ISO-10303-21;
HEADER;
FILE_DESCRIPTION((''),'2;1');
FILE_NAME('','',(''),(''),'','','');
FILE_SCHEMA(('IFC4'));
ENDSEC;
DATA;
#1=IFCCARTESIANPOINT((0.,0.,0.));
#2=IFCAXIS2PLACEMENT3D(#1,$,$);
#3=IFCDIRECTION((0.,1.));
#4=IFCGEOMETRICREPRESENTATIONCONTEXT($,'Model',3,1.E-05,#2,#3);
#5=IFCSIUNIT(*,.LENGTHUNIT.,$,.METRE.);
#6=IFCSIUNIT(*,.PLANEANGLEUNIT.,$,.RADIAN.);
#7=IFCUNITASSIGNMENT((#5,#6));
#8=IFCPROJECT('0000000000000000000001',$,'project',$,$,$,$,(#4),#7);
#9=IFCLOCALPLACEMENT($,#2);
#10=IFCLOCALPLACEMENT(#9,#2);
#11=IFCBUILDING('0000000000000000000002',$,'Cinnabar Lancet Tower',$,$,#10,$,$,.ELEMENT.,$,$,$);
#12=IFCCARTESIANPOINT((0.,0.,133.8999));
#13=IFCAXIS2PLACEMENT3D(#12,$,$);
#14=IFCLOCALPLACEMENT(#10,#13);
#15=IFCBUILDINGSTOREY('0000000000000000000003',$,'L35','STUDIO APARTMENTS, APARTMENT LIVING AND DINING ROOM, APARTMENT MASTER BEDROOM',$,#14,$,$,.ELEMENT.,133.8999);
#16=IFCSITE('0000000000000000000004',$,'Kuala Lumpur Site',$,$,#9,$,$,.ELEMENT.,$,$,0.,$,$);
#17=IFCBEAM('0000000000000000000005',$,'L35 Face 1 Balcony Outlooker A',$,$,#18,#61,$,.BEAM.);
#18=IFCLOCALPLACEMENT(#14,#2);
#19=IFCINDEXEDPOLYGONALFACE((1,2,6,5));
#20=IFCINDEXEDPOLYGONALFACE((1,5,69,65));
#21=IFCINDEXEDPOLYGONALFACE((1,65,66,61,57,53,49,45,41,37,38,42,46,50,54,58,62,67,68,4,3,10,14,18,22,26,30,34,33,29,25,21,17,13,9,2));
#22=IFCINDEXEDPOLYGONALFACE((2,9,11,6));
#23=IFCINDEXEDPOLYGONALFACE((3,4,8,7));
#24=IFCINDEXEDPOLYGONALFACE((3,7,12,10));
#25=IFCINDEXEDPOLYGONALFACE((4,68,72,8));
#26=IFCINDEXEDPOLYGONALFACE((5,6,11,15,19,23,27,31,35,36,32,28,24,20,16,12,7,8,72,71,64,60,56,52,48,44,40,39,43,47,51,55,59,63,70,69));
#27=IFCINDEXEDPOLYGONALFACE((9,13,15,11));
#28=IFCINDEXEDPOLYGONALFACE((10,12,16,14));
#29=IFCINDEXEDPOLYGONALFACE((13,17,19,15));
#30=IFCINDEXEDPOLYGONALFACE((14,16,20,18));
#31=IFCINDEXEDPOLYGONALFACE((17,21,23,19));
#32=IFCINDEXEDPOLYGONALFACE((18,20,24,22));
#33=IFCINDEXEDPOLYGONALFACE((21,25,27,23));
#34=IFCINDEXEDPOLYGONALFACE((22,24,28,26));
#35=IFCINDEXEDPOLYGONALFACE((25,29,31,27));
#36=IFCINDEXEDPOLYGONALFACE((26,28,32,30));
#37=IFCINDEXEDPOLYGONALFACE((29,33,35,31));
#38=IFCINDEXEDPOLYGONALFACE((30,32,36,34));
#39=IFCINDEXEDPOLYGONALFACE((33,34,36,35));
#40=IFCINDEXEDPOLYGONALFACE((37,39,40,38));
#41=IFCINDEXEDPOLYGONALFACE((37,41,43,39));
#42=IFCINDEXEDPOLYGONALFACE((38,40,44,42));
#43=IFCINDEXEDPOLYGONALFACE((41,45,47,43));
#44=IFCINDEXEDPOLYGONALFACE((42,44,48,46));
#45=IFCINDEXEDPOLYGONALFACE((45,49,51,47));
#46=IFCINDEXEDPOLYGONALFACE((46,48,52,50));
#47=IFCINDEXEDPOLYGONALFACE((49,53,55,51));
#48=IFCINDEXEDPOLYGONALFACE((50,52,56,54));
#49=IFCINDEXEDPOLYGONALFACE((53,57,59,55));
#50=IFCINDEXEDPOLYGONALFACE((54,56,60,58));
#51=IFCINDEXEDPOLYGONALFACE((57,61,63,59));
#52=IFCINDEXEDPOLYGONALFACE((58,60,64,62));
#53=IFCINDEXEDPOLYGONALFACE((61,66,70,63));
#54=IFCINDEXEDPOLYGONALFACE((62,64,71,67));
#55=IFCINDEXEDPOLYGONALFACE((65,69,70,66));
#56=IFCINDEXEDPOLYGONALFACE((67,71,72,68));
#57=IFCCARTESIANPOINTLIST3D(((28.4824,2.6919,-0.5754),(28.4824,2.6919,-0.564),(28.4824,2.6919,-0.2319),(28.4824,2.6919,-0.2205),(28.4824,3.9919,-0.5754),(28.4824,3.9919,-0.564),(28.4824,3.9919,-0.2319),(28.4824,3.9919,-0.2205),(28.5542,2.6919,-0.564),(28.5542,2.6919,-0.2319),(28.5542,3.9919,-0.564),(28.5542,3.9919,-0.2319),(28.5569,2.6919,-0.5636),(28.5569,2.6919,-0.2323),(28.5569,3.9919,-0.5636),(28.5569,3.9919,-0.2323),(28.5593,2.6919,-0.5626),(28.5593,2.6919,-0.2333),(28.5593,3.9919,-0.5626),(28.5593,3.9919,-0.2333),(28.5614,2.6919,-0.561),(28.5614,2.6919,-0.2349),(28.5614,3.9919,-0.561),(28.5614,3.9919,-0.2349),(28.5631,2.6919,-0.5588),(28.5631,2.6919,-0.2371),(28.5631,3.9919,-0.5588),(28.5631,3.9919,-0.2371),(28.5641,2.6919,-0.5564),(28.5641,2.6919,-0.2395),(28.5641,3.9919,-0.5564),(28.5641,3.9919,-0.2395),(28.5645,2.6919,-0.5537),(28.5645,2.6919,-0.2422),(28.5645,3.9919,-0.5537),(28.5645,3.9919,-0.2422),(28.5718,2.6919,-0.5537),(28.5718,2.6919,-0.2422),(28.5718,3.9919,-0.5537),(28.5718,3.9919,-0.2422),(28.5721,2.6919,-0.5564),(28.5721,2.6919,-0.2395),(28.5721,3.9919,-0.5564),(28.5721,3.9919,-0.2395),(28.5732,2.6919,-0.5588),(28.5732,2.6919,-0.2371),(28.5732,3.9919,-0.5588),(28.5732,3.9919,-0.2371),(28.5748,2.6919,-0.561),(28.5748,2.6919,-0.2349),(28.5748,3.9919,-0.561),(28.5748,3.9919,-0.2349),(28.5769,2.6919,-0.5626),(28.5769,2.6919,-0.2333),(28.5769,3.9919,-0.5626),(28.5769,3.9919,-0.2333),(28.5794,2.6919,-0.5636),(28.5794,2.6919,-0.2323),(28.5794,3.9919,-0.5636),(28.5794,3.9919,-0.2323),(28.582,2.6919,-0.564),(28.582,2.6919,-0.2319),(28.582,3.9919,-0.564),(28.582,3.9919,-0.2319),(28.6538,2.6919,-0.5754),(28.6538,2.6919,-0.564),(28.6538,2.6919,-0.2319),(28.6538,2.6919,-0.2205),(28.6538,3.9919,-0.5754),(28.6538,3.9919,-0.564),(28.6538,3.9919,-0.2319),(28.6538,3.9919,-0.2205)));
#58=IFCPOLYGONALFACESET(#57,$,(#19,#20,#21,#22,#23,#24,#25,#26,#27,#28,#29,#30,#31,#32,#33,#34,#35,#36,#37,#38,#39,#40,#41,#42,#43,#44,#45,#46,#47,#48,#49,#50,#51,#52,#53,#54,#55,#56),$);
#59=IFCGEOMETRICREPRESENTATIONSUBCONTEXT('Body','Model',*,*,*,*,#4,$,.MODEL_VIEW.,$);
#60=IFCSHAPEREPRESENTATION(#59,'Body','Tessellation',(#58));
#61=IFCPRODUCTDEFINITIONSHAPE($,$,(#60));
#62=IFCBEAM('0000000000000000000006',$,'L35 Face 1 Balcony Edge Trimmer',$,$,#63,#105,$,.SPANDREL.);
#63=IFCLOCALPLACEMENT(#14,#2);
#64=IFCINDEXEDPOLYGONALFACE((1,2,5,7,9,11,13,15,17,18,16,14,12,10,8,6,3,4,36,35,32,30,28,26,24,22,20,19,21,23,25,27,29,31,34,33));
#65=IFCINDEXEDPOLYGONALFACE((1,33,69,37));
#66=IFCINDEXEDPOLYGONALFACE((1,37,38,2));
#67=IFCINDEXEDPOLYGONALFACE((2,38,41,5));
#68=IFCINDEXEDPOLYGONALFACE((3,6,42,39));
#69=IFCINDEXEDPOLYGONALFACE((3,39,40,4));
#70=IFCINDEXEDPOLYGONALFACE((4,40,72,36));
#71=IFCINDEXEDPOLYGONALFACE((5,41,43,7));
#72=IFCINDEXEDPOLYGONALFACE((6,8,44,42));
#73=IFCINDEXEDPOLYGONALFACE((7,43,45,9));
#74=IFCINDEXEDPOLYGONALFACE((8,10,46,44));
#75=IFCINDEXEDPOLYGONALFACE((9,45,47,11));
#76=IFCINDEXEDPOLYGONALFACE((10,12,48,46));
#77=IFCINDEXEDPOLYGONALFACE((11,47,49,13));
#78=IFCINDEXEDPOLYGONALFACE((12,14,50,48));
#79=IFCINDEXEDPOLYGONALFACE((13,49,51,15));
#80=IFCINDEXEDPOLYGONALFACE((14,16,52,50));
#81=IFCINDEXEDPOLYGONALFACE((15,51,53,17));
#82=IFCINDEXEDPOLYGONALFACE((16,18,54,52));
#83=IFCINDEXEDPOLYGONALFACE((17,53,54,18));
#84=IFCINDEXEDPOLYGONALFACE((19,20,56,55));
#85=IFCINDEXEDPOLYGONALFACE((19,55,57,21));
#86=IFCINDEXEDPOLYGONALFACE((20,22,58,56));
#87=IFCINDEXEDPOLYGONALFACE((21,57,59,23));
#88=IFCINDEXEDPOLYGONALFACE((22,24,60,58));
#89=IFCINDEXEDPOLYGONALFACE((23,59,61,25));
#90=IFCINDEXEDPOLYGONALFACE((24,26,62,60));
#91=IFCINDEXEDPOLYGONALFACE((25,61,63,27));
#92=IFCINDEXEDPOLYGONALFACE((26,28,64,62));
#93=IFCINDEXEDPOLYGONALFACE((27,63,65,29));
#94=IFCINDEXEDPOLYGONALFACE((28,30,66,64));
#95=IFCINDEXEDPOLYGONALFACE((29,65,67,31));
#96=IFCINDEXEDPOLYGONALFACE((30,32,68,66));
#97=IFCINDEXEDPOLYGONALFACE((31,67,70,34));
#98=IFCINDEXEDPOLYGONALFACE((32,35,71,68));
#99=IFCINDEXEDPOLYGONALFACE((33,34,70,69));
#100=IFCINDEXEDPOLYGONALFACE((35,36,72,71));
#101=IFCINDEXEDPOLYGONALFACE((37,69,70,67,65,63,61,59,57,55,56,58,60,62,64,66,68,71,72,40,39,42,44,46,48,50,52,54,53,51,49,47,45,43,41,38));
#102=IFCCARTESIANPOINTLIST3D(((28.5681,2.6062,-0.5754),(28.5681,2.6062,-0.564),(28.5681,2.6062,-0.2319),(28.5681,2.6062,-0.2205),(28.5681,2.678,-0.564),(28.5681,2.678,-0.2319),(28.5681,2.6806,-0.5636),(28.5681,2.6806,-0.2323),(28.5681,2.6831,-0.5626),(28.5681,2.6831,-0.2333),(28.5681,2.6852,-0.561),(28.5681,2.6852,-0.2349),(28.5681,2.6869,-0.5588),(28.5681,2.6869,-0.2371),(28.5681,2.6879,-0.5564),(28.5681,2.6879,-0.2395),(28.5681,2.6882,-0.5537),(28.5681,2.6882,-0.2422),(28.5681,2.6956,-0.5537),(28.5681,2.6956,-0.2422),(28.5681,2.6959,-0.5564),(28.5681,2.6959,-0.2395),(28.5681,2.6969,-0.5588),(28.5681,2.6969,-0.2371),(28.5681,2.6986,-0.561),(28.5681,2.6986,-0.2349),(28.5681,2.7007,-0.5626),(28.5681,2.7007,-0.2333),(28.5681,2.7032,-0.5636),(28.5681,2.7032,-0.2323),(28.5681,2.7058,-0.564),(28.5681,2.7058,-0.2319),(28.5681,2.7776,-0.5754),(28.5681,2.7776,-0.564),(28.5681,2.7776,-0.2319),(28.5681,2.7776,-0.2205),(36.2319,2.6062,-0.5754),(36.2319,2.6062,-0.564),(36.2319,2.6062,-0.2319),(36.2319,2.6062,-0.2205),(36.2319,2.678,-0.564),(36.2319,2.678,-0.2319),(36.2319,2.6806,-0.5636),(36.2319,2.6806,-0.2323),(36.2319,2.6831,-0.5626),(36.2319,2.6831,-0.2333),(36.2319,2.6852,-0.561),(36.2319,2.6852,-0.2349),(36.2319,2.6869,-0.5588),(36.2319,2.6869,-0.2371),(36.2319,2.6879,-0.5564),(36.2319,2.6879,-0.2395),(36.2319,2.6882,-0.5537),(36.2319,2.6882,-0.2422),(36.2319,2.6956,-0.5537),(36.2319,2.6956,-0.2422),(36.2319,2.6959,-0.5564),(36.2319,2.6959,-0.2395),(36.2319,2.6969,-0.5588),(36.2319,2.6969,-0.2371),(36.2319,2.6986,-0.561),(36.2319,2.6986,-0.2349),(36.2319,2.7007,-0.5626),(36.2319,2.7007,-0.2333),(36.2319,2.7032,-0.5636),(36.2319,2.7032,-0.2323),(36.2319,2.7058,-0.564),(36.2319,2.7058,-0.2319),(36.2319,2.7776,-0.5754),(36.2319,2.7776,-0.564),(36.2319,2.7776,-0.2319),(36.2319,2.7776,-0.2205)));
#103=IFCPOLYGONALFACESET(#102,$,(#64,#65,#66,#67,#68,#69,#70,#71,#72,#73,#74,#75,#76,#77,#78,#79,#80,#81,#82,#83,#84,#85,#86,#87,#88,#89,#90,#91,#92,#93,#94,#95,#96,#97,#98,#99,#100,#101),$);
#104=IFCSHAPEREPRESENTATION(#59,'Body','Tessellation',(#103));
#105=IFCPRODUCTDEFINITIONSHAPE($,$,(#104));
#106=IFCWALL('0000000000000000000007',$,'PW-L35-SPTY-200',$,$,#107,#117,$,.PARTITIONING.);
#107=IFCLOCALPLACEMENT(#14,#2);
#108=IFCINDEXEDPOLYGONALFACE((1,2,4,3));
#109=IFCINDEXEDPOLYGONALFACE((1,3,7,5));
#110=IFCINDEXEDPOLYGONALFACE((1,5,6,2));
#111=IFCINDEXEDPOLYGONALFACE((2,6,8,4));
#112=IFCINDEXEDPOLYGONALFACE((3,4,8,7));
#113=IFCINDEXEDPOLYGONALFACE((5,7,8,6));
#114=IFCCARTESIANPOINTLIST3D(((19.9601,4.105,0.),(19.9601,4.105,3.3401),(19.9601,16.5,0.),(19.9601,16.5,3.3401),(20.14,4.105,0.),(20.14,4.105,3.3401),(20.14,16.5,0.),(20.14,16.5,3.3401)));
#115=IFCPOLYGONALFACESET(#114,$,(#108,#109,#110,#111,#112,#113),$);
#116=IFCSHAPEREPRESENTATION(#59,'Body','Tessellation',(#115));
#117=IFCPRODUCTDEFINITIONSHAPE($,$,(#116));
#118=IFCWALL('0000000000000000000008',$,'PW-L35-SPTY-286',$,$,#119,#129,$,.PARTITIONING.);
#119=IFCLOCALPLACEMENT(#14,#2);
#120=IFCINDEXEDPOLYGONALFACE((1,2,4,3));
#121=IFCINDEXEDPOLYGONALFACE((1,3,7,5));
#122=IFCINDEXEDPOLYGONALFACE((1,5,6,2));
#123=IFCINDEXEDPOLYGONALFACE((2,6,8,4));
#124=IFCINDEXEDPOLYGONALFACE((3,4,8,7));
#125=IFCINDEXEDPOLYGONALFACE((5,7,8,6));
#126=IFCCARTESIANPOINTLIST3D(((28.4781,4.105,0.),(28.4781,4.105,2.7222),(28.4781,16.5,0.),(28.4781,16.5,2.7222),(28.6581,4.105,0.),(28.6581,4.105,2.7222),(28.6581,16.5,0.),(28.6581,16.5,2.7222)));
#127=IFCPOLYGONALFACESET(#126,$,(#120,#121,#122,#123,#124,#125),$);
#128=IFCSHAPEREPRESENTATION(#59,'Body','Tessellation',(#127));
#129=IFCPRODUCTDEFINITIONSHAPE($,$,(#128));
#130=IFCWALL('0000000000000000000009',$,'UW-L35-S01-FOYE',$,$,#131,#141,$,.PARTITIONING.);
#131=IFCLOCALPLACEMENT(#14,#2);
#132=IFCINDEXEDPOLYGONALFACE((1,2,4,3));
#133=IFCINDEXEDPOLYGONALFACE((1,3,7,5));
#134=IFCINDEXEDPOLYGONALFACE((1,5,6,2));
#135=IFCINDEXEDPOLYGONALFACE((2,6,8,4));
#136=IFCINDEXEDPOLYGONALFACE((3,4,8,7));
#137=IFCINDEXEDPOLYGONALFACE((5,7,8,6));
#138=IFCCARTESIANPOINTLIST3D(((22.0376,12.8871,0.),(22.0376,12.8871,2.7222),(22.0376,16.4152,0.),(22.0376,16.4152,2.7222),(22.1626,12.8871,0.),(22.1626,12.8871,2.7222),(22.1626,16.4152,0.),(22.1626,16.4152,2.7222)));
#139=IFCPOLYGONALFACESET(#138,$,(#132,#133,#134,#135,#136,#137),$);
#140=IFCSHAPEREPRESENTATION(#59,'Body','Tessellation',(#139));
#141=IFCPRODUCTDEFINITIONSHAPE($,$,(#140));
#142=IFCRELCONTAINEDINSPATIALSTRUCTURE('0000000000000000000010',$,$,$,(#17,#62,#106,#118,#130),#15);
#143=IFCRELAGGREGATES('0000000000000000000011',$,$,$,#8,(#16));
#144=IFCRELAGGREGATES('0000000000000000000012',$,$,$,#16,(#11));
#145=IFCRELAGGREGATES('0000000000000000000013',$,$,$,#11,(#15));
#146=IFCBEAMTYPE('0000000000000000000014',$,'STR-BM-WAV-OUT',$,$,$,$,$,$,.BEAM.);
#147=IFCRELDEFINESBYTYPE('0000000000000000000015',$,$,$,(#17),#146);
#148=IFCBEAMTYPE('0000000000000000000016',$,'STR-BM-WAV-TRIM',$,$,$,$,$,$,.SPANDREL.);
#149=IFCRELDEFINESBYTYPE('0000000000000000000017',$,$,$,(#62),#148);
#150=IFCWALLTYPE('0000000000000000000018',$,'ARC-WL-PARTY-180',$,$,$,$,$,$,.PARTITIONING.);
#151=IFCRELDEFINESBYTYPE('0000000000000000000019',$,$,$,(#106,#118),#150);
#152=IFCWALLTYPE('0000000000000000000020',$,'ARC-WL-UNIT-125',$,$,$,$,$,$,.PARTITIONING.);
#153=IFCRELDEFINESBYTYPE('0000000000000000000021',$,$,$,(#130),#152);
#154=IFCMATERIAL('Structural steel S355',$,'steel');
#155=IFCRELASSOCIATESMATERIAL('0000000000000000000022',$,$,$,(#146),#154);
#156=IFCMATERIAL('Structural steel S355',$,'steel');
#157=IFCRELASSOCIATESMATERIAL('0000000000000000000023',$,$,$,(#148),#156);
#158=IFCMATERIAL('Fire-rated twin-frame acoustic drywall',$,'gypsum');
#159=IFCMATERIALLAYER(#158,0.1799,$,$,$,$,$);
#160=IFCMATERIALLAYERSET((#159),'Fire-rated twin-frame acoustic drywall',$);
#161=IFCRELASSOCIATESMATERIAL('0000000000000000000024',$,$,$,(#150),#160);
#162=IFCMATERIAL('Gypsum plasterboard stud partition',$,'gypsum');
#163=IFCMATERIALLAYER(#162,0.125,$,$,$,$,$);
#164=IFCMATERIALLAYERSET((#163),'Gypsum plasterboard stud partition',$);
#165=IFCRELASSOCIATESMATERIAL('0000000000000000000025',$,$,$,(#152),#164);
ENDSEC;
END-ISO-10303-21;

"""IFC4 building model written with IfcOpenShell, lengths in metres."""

from ifc_helpers import new_model, si_unit, direction, frame, frame_2d, origin, origin_2d, place, context, subcontext, project, spatial, rectangle, i_section, extrude, material, layer, layer_set, material_profile, profile_set, type_object, element, save


model = new_model("IFC4")

# Units and contexts
model_context = context("Model", 3, precision=1e-05, world=origin(), true_north=direction((0.0, 1.0)))
body_context = subcontext(model_context, "Body", "Model", "MODEL_VIEW")
ifc_project = project(units=[si_unit("LENGTHUNIT", "METRE"), si_unit("PLANEANGLEUNIT", "RADIAN")], contexts=[model_context])

# Site, building, storey
site_placement = place(None, origin())
site = spatial("IfcSite", under=ifc_project, at=site_placement, Name="Kuala Lumpur Site", CompositionType="ELEMENT", RefElevation=0.0)
building_placement = place(site_placement, origin())
building = spatial("IfcBuilding", under=site, at=building_placement, Name="Cinnabar Lancet Tower", CompositionType="ELEMENT")
storey_placement = place(building_placement, frame((0.0, 0.0, 133.8999)))
storey = spatial("IfcBuildingStorey", under=building, at=storey_placement, Name="L35", Description="STUDIO APARTMENTS, APARTMENT LIVING AND DINING ROOM, APARTMENT MASTER BEDROOM", CompositionType="ELEMENT", Elevation=133.8999)

# Beams
ifc_material_1 = material(Name="Structural steel S355", Category="steel")
ifc_material_profile_1 = material_profile(ifc_material_1, i_section(OverallWidth=0.1714, OverallDepth=0.355, WebThickness=0.0073, FlangeThickness=0.0115, FilletRadius=0.0103, at=origin_2d()), Name="UKB 356x171x51")
ifc_profile_set_1 = profile_set([ifc_material_profile_1], Name="Structural steel S355")
beam_type_1 = type_object("IfcBeamType", Name="STR-BM-WAV-OUT", PredefinedType="BEAM", material=ifc_profile_set_1)
beam_1_placement = place(storey_placement, frame((28.5681, 3.9919, -0.3979), z_axis=(0.0, -1.0, 0.0), x_axis=(1.0, 0.0, 0.0)))
element("IfcBeam", 1, at=beam_1_placement, inside=storey, type_object=beam_type_1, Name="L35 Face 1 Balcony Outlooker A", PredefinedType="BEAM", context=body_context, shape_type="SweptSolid", body=[
    extrude(i_section(OverallWidth=0.1714, OverallDepth=0.355, WebThickness=0.0073, FlangeThickness=0.0115, FilletRadius=0.0103, at=origin_2d()), origin(), (0.0, 0.0, 1.0), 1.3),
])
ifc_material_2 = material(Name="Structural steel S355", Category="steel")
ifc_material_profile_2 = material_profile(ifc_material_2, i_section(OverallWidth=0.1714, OverallDepth=0.355, WebThickness=0.0073, FlangeThickness=0.0115, FilletRadius=0.0103, at=origin_2d()), Name="UKB 356x171x51")
ifc_profile_set_2 = profile_set([ifc_material_profile_2], Name="Structural steel S355")
beam_type_2 = type_object("IfcBeamType", Name="STR-BM-WAV-TRIM", PredefinedType="SPANDREL", material=ifc_profile_set_2)
beam_2_placement = place(storey_placement, frame((28.5681, 2.6919, -0.3979), z_axis=(1.0, 0.0, 0.0), x_axis=(0.0, 1.0, 0.0)))
element("IfcBeam", 2, at=beam_2_placement, inside=storey, type_object=beam_type_2, Name="L35 Face 1 Balcony Edge Trimmer", PredefinedType="SPANDREL", context=body_context, shape_type="SweptSolid", body=[
    extrude(i_section(OverallWidth=0.1714, OverallDepth=0.355, WebThickness=0.0073, FlangeThickness=0.0115, FilletRadius=0.0103, at=origin_2d()), origin(), (0.0, 0.0, 1.0), 7.6638),
])

# Walls
ifc_material_3 = material(Name="Fire-rated twin-frame acoustic drywall", Category="gypsum")
ifc_layer_1 = layer(ifc_material_3, 0.1799)
ifc_layer_set_1 = layer_set([ifc_layer_1], Name="Fire-rated twin-frame acoustic drywall")
wall_type_1 = type_object("IfcWallType", Name="ARC-WL-PARTY-180", PredefinedType="PARTITIONING", material=ifc_layer_set_1)
wall_1_placement = place(storey_placement, frame((20.05, 4.105, 0.0), z_axis=(0.0, 0.0, 1.0), x_axis=(0.0, 1.0, 0.0)))
element("IfcWall", 3, at=wall_1_placement, inside=storey, type_object=wall_type_1, Name="PW-L35-SPTY-200", PredefinedType="PARTITIONING", context=body_context, shape_type="SweptSolid", body=[
    extrude(rectangle(XDim=12.395, YDim=0.1799, at=frame_2d((6.1975, 0.0))), origin(), (0.0, 0.0, 1.0), 3.3401),
])
wall_2_placement = place(storey_placement, frame((28.5681, 4.105, 0.0), z_axis=(0.0, 0.0, 1.0), x_axis=(0.0, 1.0, 0.0)))
element("IfcWall", 4, at=wall_2_placement, inside=storey, type_object=wall_type_1, Name="PW-L35-SPTY-286", PredefinedType="PARTITIONING", context=body_context, shape_type="SweptSolid", body=[
    extrude(rectangle(XDim=12.395, YDim=0.1799, at=frame_2d((6.1975, 0.0))), origin(), (0.0, 0.0, 1.0), 2.7222),
])
ifc_material_4 = material(Name="Gypsum plasterboard stud partition", Category="gypsum")
ifc_layer_2 = layer(ifc_material_4, 0.125)
ifc_layer_set_2 = layer_set([ifc_layer_2], Name="Gypsum plasterboard stud partition")
wall_type_2 = type_object("IfcWallType", Name="ARC-WL-UNIT-125", PredefinedType="PARTITIONING", material=ifc_layer_set_2)
wall_3_placement = place(storey_placement, frame((22.1001, 12.887, 0.0), z_axis=(0.0, 0.0, 1.0), x_axis=(0.0, 1.0, 0.0)))
element("IfcWall", 5, at=wall_3_placement, inside=storey, type_object=wall_type_2, Name="UW-L35-S01-FOYE", PredefinedType="PARTITIONING", context=body_context, shape_type="SweptSolid", body=[
    extrude(rectangle(XDim=3.5281, YDim=0.125, at=frame_2d((1.7642, 0.0))), origin(), (0.0, 0.0, 1.0), 2.7222),
])

save(model, "model.ifc")
